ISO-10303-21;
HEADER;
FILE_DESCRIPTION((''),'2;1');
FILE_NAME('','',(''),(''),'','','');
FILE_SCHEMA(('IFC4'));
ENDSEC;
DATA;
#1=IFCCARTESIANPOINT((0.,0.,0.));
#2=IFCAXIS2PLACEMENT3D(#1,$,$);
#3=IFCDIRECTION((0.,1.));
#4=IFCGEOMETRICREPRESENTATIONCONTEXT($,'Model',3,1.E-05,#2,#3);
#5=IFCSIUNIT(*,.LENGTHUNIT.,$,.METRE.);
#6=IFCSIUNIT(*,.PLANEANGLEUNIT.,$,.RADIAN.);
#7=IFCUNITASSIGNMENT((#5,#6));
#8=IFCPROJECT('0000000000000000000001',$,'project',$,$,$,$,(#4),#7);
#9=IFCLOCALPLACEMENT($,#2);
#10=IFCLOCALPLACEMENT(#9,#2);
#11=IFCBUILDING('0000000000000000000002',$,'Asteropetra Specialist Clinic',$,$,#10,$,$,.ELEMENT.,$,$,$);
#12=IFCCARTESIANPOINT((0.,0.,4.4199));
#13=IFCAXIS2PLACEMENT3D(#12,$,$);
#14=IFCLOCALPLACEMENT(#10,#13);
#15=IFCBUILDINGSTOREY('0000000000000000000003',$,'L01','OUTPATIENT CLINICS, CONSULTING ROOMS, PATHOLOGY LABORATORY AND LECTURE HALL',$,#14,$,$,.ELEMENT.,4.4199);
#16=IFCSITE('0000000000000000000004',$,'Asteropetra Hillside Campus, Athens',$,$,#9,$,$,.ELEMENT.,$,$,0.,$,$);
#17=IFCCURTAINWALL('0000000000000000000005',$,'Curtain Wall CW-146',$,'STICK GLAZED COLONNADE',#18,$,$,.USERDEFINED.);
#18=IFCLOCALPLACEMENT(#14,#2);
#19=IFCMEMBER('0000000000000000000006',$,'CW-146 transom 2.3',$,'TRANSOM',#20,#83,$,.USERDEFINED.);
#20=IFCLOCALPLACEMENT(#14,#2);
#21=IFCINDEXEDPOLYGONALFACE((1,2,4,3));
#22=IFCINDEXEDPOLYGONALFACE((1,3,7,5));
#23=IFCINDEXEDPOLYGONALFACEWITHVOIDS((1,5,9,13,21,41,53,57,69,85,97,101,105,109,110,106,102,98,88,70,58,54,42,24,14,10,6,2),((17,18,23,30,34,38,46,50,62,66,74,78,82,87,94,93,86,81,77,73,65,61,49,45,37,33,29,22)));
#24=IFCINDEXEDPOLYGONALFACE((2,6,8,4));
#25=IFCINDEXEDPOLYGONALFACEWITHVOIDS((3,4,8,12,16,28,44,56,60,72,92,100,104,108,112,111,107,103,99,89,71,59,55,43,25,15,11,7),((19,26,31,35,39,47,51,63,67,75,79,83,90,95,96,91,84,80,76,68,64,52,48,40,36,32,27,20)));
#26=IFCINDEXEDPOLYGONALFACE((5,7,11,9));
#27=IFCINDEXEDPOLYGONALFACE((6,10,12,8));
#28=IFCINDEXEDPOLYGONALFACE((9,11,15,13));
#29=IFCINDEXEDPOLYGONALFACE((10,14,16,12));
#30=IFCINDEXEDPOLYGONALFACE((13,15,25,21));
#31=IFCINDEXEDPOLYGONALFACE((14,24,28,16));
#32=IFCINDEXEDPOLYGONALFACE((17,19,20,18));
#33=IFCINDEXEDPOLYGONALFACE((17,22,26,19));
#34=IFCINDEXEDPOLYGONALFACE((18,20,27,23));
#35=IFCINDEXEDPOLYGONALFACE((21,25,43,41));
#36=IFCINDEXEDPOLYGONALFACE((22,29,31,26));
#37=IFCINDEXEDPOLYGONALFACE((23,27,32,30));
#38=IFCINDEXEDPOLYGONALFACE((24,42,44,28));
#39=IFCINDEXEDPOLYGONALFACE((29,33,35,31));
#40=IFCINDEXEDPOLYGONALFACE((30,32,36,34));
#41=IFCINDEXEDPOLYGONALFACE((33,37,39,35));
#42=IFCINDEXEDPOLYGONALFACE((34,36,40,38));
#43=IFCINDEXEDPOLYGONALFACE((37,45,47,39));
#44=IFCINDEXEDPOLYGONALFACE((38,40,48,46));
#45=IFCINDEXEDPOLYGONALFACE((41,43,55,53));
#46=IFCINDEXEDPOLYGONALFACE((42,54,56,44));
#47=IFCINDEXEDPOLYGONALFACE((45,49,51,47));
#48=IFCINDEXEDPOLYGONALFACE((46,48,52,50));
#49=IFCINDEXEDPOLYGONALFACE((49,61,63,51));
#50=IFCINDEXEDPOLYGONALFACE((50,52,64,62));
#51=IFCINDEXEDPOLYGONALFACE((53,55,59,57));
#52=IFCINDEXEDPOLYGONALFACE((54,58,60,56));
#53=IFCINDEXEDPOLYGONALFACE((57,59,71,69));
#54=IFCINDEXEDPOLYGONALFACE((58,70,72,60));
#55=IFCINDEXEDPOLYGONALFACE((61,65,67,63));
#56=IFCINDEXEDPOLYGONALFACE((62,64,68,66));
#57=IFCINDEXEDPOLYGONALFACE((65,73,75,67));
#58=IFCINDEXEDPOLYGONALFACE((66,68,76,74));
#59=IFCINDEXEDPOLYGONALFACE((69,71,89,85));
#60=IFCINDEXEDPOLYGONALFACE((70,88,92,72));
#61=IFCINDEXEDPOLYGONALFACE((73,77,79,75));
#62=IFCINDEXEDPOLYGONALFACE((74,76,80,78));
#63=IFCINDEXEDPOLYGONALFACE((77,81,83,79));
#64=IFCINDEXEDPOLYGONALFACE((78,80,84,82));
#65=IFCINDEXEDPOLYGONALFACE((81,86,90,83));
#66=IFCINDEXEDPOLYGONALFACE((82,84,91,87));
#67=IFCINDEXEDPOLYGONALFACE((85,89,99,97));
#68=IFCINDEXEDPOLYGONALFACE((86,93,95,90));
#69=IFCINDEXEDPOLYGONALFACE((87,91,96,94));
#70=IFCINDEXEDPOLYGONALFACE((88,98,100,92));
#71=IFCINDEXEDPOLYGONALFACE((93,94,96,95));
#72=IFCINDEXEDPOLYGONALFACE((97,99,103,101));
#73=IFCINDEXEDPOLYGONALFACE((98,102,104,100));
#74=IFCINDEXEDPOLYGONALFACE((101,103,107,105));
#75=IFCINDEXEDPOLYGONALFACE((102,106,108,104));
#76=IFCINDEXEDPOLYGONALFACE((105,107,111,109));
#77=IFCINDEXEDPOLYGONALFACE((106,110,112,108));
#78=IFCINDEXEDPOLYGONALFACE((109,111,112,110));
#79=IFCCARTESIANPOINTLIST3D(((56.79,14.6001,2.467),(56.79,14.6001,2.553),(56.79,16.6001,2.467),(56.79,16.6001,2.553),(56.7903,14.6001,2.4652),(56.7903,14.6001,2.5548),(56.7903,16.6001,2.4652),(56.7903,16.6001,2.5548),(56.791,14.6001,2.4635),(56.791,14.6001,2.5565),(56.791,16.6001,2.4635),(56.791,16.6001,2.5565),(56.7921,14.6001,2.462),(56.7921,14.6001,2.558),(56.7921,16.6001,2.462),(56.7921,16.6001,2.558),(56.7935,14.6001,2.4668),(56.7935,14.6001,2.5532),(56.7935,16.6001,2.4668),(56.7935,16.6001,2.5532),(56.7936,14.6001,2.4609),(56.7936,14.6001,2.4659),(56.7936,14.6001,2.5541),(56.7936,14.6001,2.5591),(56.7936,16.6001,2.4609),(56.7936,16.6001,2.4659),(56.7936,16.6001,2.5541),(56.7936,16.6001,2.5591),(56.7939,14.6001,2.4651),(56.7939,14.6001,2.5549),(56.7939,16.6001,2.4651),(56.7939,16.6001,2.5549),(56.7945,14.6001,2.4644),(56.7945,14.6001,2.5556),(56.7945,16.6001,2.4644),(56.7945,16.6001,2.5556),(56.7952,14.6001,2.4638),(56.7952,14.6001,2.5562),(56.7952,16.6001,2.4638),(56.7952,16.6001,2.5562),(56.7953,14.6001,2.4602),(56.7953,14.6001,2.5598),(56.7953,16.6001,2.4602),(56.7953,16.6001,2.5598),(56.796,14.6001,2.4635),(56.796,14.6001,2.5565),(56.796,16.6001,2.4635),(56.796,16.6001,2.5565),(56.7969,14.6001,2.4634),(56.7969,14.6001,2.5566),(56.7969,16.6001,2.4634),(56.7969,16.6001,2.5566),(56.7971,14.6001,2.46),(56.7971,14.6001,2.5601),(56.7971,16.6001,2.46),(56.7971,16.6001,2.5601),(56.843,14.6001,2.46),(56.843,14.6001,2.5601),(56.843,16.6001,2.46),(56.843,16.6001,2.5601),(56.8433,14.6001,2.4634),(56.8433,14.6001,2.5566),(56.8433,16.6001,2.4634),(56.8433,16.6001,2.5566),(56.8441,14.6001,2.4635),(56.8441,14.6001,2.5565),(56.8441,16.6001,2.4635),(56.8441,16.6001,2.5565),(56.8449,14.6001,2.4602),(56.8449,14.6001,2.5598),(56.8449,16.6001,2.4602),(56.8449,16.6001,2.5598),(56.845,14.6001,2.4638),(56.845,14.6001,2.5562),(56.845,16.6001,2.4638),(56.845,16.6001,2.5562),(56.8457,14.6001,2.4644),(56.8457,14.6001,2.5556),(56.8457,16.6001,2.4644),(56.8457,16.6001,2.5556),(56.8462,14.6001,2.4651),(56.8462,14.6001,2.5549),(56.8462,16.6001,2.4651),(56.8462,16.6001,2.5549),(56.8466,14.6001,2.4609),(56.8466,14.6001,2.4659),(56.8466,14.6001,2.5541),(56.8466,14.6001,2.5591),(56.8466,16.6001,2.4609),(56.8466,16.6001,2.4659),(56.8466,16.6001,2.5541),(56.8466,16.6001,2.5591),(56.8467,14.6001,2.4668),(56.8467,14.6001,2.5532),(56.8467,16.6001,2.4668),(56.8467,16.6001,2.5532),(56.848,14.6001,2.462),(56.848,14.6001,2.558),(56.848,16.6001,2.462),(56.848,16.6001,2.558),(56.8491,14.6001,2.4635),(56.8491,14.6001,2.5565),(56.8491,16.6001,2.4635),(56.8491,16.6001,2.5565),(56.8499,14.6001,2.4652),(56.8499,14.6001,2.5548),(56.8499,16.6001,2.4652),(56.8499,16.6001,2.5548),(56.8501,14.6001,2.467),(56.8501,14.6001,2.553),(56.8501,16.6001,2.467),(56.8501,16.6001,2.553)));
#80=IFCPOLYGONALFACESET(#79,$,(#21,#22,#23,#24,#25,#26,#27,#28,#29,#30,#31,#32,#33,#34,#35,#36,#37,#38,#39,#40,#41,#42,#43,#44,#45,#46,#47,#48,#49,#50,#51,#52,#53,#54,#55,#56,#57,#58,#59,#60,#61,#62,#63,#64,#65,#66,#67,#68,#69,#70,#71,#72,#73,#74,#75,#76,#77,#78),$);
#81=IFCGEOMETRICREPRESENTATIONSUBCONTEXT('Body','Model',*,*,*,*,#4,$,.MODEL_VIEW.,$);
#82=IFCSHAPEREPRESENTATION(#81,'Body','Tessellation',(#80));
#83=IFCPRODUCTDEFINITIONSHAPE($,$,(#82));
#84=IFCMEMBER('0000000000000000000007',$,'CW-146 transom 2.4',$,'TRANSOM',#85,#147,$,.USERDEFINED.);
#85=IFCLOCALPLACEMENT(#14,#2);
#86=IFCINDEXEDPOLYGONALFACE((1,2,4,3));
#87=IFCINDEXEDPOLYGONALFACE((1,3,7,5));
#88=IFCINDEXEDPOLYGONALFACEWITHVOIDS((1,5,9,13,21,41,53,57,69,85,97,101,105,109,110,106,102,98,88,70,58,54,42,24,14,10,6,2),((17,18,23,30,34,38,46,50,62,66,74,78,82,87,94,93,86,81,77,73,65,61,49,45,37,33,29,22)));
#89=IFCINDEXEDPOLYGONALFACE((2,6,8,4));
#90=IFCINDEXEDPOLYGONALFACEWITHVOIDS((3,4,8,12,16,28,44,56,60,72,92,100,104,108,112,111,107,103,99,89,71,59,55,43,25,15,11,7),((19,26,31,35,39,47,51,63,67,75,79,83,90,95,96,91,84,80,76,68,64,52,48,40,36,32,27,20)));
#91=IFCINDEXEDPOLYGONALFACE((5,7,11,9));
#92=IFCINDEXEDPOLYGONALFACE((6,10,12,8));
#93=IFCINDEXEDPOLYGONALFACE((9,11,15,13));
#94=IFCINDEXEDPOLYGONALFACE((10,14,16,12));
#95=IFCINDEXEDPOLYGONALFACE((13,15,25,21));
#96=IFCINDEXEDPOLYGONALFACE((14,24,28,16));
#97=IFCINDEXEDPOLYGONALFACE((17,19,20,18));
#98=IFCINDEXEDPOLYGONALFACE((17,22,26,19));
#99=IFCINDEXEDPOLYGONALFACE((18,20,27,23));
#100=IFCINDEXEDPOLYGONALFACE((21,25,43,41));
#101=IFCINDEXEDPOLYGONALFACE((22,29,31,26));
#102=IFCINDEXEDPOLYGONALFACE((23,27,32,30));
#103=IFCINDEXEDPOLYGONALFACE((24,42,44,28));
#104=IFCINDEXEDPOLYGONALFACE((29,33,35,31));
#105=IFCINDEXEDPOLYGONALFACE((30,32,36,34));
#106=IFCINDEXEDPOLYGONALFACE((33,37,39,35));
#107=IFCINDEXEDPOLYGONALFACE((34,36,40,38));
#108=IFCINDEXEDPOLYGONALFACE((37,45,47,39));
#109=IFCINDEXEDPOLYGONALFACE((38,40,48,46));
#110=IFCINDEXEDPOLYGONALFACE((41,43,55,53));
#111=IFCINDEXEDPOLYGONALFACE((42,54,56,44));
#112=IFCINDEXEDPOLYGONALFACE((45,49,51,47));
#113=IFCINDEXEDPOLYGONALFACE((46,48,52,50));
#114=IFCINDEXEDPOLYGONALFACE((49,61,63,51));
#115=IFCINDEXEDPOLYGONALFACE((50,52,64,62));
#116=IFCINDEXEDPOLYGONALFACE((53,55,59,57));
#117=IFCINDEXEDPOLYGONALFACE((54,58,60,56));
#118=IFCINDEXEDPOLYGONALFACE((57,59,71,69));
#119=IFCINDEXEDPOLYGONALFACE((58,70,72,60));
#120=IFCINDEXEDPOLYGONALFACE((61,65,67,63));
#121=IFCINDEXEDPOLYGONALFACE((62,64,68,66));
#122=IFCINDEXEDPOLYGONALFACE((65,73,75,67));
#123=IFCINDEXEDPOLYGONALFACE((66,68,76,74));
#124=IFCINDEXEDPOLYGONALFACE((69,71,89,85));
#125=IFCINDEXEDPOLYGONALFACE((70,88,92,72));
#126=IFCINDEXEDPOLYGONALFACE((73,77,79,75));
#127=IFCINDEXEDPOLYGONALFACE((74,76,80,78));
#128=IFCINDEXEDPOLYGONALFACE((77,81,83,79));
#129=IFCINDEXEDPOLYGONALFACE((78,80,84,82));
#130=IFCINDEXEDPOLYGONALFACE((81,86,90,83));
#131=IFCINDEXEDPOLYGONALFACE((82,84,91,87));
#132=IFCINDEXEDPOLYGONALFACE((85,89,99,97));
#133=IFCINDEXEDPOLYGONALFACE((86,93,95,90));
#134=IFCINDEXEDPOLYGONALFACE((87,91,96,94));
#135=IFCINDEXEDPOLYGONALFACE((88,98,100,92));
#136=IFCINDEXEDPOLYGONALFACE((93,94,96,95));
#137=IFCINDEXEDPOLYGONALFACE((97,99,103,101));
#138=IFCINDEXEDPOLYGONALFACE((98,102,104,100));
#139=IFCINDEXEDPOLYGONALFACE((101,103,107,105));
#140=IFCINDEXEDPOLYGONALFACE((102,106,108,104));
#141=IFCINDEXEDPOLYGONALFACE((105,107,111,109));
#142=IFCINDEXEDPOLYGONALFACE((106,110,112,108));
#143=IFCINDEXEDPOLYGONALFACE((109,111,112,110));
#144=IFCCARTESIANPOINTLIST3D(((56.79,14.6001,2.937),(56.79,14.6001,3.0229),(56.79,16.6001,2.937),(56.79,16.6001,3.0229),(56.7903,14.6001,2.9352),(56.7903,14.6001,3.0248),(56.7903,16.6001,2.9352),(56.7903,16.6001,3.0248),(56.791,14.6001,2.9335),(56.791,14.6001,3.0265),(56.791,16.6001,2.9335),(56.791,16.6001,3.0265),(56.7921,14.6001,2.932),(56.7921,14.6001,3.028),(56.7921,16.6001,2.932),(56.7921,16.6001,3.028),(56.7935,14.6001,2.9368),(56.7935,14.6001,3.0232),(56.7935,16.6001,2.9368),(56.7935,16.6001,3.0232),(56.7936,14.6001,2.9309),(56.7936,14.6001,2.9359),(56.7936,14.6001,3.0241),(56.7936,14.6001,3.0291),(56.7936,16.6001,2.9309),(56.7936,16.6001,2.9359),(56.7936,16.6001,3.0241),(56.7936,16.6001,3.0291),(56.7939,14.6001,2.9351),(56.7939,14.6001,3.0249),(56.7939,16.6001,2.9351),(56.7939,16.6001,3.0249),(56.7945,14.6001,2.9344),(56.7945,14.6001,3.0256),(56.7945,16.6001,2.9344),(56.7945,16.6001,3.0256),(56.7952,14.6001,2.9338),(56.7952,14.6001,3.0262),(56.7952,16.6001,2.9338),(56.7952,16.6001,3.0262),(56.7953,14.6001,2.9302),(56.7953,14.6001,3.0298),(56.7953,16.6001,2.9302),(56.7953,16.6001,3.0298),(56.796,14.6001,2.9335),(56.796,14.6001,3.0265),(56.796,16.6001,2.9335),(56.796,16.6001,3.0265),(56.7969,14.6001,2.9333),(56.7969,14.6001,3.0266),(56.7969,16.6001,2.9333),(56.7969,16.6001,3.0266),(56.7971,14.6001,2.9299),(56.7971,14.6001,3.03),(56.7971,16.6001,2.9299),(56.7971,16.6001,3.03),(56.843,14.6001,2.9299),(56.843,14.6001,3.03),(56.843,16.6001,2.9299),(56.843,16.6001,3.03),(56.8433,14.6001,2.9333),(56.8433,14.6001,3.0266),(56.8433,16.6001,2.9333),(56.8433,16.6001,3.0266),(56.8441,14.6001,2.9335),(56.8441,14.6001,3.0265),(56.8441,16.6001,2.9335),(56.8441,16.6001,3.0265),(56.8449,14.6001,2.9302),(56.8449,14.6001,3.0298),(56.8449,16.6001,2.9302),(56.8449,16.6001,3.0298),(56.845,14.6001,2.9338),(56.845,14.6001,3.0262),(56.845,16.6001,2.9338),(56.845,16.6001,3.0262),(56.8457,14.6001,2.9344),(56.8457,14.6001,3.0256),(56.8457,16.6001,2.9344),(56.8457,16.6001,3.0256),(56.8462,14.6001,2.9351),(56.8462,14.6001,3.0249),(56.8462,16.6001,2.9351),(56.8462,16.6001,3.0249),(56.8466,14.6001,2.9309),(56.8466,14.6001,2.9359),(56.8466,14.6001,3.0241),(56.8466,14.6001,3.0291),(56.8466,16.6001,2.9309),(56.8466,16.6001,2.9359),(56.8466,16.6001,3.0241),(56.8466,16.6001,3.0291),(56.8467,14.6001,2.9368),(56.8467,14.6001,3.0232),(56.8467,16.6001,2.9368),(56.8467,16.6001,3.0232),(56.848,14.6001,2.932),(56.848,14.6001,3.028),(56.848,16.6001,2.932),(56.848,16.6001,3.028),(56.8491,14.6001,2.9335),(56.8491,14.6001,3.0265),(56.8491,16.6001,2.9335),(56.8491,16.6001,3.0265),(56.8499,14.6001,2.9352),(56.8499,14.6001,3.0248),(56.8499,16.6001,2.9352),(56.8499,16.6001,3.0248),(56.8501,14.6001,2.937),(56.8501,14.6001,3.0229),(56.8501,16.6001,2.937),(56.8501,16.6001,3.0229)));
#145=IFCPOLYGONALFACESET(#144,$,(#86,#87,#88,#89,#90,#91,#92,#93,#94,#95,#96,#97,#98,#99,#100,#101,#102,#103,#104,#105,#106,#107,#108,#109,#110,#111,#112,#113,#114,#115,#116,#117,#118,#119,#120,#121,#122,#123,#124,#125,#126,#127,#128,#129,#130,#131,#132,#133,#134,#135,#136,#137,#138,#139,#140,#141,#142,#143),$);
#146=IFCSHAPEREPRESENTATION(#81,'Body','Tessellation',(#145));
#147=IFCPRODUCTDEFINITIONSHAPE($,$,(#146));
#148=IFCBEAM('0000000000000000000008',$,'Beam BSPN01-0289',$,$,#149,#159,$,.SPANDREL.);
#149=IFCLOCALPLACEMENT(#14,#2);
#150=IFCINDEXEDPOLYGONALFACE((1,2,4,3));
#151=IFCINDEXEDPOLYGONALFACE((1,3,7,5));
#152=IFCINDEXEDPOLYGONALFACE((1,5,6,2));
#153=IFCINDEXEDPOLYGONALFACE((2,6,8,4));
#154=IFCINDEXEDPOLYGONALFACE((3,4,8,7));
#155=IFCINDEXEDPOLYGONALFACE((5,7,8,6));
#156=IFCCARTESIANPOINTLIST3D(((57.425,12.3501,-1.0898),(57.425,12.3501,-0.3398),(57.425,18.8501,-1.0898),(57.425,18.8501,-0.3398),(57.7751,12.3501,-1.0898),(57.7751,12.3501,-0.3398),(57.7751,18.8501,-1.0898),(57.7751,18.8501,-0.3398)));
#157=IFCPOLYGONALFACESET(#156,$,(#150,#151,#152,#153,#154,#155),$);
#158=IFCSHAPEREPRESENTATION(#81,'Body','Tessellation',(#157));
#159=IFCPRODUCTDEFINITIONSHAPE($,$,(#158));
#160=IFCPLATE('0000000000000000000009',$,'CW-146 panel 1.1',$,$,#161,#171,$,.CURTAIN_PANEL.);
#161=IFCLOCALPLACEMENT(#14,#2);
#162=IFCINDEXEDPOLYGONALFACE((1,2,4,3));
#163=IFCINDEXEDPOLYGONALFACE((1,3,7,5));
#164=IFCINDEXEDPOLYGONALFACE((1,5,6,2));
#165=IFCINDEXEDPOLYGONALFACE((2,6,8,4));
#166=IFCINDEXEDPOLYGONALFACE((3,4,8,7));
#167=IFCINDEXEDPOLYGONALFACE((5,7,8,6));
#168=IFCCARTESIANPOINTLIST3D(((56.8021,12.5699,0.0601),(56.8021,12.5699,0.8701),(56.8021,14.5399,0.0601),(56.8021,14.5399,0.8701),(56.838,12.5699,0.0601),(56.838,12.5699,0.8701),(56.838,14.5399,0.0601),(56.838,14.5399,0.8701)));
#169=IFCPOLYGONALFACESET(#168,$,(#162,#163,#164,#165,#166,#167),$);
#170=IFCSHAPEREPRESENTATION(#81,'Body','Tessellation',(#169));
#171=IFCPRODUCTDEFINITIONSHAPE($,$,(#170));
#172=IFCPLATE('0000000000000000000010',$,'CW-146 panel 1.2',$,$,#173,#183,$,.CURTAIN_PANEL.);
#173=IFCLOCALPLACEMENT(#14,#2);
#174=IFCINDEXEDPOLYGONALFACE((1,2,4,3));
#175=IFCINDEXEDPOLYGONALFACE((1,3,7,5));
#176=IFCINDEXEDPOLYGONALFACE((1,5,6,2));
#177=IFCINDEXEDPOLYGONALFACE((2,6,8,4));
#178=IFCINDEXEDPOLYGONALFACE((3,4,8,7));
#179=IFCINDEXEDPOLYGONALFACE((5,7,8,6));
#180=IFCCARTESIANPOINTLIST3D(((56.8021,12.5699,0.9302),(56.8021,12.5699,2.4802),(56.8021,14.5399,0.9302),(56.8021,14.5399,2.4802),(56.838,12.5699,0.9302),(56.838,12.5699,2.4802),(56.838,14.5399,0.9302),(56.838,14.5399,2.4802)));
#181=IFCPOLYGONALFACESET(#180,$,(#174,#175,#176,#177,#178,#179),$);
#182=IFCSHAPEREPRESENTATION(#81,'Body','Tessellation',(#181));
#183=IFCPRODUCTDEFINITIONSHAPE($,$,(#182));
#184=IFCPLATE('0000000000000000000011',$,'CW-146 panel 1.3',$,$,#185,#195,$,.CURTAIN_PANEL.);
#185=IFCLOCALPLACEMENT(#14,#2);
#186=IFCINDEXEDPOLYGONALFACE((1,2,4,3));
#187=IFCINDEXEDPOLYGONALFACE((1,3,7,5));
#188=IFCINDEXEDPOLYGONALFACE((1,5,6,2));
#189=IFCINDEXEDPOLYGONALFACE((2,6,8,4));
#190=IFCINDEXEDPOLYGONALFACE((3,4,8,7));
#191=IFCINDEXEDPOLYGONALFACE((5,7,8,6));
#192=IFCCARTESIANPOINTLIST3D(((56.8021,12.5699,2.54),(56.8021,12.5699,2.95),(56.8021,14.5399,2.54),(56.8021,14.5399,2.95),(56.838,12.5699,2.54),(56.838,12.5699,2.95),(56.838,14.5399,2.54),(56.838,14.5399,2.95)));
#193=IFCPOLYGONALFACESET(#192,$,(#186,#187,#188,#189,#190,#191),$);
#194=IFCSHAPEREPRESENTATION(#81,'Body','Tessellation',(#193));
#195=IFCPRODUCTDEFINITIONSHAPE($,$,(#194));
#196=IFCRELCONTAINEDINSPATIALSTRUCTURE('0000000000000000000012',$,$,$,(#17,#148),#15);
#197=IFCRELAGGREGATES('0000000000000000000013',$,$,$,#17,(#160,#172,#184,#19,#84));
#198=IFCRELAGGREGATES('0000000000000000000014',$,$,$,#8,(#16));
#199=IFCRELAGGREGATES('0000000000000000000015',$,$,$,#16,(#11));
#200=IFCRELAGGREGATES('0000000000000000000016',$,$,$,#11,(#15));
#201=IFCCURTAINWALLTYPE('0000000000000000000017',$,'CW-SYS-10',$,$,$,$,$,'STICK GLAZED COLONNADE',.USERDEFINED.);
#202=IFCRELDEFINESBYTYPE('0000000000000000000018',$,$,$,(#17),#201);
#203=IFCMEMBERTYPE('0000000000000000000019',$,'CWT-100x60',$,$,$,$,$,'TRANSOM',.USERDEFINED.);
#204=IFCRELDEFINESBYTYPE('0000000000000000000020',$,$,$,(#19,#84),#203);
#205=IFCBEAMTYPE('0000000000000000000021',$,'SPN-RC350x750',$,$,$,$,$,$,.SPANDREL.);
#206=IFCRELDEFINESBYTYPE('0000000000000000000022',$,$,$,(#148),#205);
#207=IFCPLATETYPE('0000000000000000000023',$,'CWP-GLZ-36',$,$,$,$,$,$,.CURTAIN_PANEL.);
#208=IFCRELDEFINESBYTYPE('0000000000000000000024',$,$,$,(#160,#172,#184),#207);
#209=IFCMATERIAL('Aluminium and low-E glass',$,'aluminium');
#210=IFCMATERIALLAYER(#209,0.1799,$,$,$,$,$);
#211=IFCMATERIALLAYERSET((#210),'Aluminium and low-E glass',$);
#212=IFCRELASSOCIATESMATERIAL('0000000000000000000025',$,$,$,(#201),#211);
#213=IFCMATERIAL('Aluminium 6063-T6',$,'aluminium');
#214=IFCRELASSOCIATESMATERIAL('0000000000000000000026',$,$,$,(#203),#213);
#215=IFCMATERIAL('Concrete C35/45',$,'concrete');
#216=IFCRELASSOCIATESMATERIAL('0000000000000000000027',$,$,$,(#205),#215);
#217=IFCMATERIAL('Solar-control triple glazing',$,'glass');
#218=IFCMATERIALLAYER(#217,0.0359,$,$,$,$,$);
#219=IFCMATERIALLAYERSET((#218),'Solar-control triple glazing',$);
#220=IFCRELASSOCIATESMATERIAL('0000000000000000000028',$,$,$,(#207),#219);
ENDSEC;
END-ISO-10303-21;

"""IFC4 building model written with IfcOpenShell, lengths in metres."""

from ifc_helpers import new_model, si_unit, direction, frame, origin, origin_2d, place, context, subcontext, project, spatial, rectangle, hollow_rectangle, extrude, material, layer, layer_set, material_profile, profile_set, type_object, element, aggregate, save


model = new_model("IFC4")

# Units and contexts
model_context = context("Model", 3, precision=1e-05, world=origin(), true_north=direction((0.0, 1.0)))
body_context = subcontext(model_context, "Body", "Model", "MODEL_VIEW")
ifc_project = project(units=[si_unit("LENGTHUNIT", "METRE"), si_unit("PLANEANGLEUNIT", "RADIAN")], contexts=[model_context])

# Site, building, storey
site_placement = place(None, origin())
site = spatial("IfcSite", under=ifc_project, at=site_placement, Name="Asteropetra Hillside Campus, Athens", CompositionType="ELEMENT", RefElevation=0.0)
building_placement = place(site_placement, origin())
building = spatial("IfcBuilding", under=site, at=building_placement, Name="Asteropetra Specialist Clinic", CompositionType="ELEMENT")
storey_placement = place(building_placement, frame((0.0, 0.0, 4.4199)))
storey = spatial("IfcBuildingStorey", under=building, at=storey_placement, Name="L01", Description="OUTPATIENT CLINICS, CONSULTING ROOMS, PATHOLOGY LABORATORY AND LECTURE HALL", CompositionType="ELEMENT", Elevation=4.4199)

# Curtain wall, members
ifc_material_1 = material(Name="Aluminium and low-E glass", Category="aluminium")
ifc_layer_1 = layer(ifc_material_1, 0.1799)
ifc_layer_set_1 = layer_set([ifc_layer_1], Name="Aluminium and low-E glass")
curtain_wall_type = type_object("IfcCurtainWallType", Name="CW-SYS-10", ElementType="STICK GLAZED COLONNADE", PredefinedType="USERDEFINED", material=ifc_layer_set_1)
curtain_wall_placement = place(storey_placement, origin())
curtain_wall = element("IfcCurtainWall", 1, at=curtain_wall_placement, inside=storey, type_object=curtain_wall_type, Name="Curtain Wall CW-146", ObjectType="STICK GLAZED COLONNADE", PredefinedType="USERDEFINED")
ifc_material_2 = material(Name="Aluminium 6063-T6", Category="aluminium")
ifc_material_profile_1 = material_profile(ifc_material_2, hollow_rectangle(XDim=0.0601, YDim=0.1001, WallThickness=0.0034, InnerFilletRadius=0.0034, OuterFilletRadius=0.0071, at=origin_2d()), Name="TRN 100x60x3.5")
ifc_profile_set_1 = profile_set([ifc_material_profile_1], Name="Aluminium 6063-T6")
member_type_1 = type_object("IfcMemberType", Name="CWT-100x60", ElementType="TRANSOM", PredefinedType="USERDEFINED", material=ifc_profile_set_1)
member_1_placement = place(storey_placement, frame((56.8201, 14.6001, 2.51), z_axis=(0.0, 1.0, 0.0), x_axis=(-1.0, 0.0, 0.0)))
member_1 = element("IfcMember", 2, at=member_1_placement, type_object=member_type_1, Name="CW-146 transom 2.3", ObjectType="TRANSOM", PredefinedType="USERDEFINED", context=body_context, shape_type="SweptSolid", body=[
    extrude(hollow_rectangle(XDim=0.0601, YDim=0.1001, WallThickness=0.0034, InnerFilletRadius=0.0034, OuterFilletRadius=0.0071, at=origin_2d()), origin(), (0.0, 0.0, 1.0), 2.0),
])
member_2_placement = place(storey_placement, frame((56.8201, 14.6001, 2.98), z_axis=(0.0, 1.0, 0.0), x_axis=(-1.0, 0.0, 0.0)))
member_2 = element("IfcMember", 3, at=member_2_placement, type_object=member_type_1, Name="CW-146 transom 2.4", ObjectType="TRANSOM", PredefinedType="USERDEFINED", context=body_context, shape_type="SweptSolid", body=[
    extrude(hollow_rectangle(XDim=0.0601, YDim=0.1001, WallThickness=0.0034, InnerFilletRadius=0.0034, OuterFilletRadius=0.0071, at=origin_2d()), origin(), (0.0, 0.0, 1.0), 2.0),
])

# Beam
ifc_material_3 = material(Name="Concrete C35/45", Category="concrete")
ifc_material_profile_2 = material_profile(ifc_material_3, rectangle(XDim=0.3501, YDim=0.75, at=origin_2d()), Name="RCS 350x750")
ifc_profile_set_2 = profile_set([ifc_material_profile_2], Name="Concrete C35/45")
beam_type = type_object("IfcBeamType", Name="SPN-RC350x750", PredefinedType="SPANDREL", material=ifc_profile_set_2)
beam_placement = place(storey_placement, frame((57.6001, 12.3501, -0.7148), z_axis=(0.0, 1.0, 0.0), x_axis=(-1.0, 0.0, 0.0)))
element("IfcBeam", 4, at=beam_placement, inside=storey, type_object=beam_type, Name="Beam BSPN01-0289", PredefinedType="SPANDREL", context=body_context, shape_type="SweptSolid", body=[
    extrude(rectangle(XDim=0.3501, YDim=0.75, at=origin_2d()), origin(), (0.0, 0.0, 1.0), 6.5),
])

# Plates
ifc_material_4 = material(Name="Solar-control triple glazing", Category="glass")
ifc_layer_2 = layer(ifc_material_4, 0.0359)
ifc_layer_set_2 = layer_set([ifc_layer_2], Name="Solar-control triple glazing")
plate_type = type_object("IfcPlateType", Name="CWP-GLZ-36", PredefinedType="CURTAIN_PANEL", material=ifc_layer_set_2)
plate_1_placement = place(storey_placement, frame((56.8201, 13.5549, 0.0601), z_axis=(0.0, 0.0, 1.0), x_axis=(0.0, 1.0, 0.0)))
plate_1 = element("IfcPlate", 5, at=plate_1_placement, type_object=plate_type, Name="CW-146 panel 1.1", PredefinedType="CURTAIN_PANEL", context=body_context, shape_type="SweptSolid", body=[
    extrude(rectangle(XDim=1.97, YDim=0.0359, at=origin_2d()), origin(), (0.0, 0.0, 1.0), 0.8101),
])
plate_2_placement = place(storey_placement, frame((56.8201, 13.5549, 0.9302), z_axis=(0.0, 0.0, 1.0), x_axis=(0.0, 1.0, 0.0)))
plate_2 = element("IfcPlate", 6, at=plate_2_placement, type_object=plate_type, Name="CW-146 panel 1.2", PredefinedType="CURTAIN_PANEL", context=body_context, shape_type="SweptSolid", body=[
    extrude(rectangle(XDim=1.97, YDim=0.0359, at=origin_2d()), origin(), (0.0, 0.0, 1.0), 1.55),
])
plate_3_placement = place(storey_placement, frame((56.8201, 13.5549, 2.54), z_axis=(0.0, 0.0, 1.0), x_axis=(0.0, 1.0, 0.0)))
plate_3 = element("IfcPlate", 7, at=plate_3_placement, type_object=plate_type, Name="CW-146 panel 1.3", PredefinedType="CURTAIN_PANEL", context=body_context, shape_type="SweptSolid", body=[
    extrude(rectangle(XDim=1.97, YDim=0.0359, at=origin_2d()), origin(), (0.0, 0.0, 1.0), 0.4099),
])
aggregate(curtain_wall, [plate_1, plate_2, plate_3, member_1, member_2])

save(model, "model.ifc")
